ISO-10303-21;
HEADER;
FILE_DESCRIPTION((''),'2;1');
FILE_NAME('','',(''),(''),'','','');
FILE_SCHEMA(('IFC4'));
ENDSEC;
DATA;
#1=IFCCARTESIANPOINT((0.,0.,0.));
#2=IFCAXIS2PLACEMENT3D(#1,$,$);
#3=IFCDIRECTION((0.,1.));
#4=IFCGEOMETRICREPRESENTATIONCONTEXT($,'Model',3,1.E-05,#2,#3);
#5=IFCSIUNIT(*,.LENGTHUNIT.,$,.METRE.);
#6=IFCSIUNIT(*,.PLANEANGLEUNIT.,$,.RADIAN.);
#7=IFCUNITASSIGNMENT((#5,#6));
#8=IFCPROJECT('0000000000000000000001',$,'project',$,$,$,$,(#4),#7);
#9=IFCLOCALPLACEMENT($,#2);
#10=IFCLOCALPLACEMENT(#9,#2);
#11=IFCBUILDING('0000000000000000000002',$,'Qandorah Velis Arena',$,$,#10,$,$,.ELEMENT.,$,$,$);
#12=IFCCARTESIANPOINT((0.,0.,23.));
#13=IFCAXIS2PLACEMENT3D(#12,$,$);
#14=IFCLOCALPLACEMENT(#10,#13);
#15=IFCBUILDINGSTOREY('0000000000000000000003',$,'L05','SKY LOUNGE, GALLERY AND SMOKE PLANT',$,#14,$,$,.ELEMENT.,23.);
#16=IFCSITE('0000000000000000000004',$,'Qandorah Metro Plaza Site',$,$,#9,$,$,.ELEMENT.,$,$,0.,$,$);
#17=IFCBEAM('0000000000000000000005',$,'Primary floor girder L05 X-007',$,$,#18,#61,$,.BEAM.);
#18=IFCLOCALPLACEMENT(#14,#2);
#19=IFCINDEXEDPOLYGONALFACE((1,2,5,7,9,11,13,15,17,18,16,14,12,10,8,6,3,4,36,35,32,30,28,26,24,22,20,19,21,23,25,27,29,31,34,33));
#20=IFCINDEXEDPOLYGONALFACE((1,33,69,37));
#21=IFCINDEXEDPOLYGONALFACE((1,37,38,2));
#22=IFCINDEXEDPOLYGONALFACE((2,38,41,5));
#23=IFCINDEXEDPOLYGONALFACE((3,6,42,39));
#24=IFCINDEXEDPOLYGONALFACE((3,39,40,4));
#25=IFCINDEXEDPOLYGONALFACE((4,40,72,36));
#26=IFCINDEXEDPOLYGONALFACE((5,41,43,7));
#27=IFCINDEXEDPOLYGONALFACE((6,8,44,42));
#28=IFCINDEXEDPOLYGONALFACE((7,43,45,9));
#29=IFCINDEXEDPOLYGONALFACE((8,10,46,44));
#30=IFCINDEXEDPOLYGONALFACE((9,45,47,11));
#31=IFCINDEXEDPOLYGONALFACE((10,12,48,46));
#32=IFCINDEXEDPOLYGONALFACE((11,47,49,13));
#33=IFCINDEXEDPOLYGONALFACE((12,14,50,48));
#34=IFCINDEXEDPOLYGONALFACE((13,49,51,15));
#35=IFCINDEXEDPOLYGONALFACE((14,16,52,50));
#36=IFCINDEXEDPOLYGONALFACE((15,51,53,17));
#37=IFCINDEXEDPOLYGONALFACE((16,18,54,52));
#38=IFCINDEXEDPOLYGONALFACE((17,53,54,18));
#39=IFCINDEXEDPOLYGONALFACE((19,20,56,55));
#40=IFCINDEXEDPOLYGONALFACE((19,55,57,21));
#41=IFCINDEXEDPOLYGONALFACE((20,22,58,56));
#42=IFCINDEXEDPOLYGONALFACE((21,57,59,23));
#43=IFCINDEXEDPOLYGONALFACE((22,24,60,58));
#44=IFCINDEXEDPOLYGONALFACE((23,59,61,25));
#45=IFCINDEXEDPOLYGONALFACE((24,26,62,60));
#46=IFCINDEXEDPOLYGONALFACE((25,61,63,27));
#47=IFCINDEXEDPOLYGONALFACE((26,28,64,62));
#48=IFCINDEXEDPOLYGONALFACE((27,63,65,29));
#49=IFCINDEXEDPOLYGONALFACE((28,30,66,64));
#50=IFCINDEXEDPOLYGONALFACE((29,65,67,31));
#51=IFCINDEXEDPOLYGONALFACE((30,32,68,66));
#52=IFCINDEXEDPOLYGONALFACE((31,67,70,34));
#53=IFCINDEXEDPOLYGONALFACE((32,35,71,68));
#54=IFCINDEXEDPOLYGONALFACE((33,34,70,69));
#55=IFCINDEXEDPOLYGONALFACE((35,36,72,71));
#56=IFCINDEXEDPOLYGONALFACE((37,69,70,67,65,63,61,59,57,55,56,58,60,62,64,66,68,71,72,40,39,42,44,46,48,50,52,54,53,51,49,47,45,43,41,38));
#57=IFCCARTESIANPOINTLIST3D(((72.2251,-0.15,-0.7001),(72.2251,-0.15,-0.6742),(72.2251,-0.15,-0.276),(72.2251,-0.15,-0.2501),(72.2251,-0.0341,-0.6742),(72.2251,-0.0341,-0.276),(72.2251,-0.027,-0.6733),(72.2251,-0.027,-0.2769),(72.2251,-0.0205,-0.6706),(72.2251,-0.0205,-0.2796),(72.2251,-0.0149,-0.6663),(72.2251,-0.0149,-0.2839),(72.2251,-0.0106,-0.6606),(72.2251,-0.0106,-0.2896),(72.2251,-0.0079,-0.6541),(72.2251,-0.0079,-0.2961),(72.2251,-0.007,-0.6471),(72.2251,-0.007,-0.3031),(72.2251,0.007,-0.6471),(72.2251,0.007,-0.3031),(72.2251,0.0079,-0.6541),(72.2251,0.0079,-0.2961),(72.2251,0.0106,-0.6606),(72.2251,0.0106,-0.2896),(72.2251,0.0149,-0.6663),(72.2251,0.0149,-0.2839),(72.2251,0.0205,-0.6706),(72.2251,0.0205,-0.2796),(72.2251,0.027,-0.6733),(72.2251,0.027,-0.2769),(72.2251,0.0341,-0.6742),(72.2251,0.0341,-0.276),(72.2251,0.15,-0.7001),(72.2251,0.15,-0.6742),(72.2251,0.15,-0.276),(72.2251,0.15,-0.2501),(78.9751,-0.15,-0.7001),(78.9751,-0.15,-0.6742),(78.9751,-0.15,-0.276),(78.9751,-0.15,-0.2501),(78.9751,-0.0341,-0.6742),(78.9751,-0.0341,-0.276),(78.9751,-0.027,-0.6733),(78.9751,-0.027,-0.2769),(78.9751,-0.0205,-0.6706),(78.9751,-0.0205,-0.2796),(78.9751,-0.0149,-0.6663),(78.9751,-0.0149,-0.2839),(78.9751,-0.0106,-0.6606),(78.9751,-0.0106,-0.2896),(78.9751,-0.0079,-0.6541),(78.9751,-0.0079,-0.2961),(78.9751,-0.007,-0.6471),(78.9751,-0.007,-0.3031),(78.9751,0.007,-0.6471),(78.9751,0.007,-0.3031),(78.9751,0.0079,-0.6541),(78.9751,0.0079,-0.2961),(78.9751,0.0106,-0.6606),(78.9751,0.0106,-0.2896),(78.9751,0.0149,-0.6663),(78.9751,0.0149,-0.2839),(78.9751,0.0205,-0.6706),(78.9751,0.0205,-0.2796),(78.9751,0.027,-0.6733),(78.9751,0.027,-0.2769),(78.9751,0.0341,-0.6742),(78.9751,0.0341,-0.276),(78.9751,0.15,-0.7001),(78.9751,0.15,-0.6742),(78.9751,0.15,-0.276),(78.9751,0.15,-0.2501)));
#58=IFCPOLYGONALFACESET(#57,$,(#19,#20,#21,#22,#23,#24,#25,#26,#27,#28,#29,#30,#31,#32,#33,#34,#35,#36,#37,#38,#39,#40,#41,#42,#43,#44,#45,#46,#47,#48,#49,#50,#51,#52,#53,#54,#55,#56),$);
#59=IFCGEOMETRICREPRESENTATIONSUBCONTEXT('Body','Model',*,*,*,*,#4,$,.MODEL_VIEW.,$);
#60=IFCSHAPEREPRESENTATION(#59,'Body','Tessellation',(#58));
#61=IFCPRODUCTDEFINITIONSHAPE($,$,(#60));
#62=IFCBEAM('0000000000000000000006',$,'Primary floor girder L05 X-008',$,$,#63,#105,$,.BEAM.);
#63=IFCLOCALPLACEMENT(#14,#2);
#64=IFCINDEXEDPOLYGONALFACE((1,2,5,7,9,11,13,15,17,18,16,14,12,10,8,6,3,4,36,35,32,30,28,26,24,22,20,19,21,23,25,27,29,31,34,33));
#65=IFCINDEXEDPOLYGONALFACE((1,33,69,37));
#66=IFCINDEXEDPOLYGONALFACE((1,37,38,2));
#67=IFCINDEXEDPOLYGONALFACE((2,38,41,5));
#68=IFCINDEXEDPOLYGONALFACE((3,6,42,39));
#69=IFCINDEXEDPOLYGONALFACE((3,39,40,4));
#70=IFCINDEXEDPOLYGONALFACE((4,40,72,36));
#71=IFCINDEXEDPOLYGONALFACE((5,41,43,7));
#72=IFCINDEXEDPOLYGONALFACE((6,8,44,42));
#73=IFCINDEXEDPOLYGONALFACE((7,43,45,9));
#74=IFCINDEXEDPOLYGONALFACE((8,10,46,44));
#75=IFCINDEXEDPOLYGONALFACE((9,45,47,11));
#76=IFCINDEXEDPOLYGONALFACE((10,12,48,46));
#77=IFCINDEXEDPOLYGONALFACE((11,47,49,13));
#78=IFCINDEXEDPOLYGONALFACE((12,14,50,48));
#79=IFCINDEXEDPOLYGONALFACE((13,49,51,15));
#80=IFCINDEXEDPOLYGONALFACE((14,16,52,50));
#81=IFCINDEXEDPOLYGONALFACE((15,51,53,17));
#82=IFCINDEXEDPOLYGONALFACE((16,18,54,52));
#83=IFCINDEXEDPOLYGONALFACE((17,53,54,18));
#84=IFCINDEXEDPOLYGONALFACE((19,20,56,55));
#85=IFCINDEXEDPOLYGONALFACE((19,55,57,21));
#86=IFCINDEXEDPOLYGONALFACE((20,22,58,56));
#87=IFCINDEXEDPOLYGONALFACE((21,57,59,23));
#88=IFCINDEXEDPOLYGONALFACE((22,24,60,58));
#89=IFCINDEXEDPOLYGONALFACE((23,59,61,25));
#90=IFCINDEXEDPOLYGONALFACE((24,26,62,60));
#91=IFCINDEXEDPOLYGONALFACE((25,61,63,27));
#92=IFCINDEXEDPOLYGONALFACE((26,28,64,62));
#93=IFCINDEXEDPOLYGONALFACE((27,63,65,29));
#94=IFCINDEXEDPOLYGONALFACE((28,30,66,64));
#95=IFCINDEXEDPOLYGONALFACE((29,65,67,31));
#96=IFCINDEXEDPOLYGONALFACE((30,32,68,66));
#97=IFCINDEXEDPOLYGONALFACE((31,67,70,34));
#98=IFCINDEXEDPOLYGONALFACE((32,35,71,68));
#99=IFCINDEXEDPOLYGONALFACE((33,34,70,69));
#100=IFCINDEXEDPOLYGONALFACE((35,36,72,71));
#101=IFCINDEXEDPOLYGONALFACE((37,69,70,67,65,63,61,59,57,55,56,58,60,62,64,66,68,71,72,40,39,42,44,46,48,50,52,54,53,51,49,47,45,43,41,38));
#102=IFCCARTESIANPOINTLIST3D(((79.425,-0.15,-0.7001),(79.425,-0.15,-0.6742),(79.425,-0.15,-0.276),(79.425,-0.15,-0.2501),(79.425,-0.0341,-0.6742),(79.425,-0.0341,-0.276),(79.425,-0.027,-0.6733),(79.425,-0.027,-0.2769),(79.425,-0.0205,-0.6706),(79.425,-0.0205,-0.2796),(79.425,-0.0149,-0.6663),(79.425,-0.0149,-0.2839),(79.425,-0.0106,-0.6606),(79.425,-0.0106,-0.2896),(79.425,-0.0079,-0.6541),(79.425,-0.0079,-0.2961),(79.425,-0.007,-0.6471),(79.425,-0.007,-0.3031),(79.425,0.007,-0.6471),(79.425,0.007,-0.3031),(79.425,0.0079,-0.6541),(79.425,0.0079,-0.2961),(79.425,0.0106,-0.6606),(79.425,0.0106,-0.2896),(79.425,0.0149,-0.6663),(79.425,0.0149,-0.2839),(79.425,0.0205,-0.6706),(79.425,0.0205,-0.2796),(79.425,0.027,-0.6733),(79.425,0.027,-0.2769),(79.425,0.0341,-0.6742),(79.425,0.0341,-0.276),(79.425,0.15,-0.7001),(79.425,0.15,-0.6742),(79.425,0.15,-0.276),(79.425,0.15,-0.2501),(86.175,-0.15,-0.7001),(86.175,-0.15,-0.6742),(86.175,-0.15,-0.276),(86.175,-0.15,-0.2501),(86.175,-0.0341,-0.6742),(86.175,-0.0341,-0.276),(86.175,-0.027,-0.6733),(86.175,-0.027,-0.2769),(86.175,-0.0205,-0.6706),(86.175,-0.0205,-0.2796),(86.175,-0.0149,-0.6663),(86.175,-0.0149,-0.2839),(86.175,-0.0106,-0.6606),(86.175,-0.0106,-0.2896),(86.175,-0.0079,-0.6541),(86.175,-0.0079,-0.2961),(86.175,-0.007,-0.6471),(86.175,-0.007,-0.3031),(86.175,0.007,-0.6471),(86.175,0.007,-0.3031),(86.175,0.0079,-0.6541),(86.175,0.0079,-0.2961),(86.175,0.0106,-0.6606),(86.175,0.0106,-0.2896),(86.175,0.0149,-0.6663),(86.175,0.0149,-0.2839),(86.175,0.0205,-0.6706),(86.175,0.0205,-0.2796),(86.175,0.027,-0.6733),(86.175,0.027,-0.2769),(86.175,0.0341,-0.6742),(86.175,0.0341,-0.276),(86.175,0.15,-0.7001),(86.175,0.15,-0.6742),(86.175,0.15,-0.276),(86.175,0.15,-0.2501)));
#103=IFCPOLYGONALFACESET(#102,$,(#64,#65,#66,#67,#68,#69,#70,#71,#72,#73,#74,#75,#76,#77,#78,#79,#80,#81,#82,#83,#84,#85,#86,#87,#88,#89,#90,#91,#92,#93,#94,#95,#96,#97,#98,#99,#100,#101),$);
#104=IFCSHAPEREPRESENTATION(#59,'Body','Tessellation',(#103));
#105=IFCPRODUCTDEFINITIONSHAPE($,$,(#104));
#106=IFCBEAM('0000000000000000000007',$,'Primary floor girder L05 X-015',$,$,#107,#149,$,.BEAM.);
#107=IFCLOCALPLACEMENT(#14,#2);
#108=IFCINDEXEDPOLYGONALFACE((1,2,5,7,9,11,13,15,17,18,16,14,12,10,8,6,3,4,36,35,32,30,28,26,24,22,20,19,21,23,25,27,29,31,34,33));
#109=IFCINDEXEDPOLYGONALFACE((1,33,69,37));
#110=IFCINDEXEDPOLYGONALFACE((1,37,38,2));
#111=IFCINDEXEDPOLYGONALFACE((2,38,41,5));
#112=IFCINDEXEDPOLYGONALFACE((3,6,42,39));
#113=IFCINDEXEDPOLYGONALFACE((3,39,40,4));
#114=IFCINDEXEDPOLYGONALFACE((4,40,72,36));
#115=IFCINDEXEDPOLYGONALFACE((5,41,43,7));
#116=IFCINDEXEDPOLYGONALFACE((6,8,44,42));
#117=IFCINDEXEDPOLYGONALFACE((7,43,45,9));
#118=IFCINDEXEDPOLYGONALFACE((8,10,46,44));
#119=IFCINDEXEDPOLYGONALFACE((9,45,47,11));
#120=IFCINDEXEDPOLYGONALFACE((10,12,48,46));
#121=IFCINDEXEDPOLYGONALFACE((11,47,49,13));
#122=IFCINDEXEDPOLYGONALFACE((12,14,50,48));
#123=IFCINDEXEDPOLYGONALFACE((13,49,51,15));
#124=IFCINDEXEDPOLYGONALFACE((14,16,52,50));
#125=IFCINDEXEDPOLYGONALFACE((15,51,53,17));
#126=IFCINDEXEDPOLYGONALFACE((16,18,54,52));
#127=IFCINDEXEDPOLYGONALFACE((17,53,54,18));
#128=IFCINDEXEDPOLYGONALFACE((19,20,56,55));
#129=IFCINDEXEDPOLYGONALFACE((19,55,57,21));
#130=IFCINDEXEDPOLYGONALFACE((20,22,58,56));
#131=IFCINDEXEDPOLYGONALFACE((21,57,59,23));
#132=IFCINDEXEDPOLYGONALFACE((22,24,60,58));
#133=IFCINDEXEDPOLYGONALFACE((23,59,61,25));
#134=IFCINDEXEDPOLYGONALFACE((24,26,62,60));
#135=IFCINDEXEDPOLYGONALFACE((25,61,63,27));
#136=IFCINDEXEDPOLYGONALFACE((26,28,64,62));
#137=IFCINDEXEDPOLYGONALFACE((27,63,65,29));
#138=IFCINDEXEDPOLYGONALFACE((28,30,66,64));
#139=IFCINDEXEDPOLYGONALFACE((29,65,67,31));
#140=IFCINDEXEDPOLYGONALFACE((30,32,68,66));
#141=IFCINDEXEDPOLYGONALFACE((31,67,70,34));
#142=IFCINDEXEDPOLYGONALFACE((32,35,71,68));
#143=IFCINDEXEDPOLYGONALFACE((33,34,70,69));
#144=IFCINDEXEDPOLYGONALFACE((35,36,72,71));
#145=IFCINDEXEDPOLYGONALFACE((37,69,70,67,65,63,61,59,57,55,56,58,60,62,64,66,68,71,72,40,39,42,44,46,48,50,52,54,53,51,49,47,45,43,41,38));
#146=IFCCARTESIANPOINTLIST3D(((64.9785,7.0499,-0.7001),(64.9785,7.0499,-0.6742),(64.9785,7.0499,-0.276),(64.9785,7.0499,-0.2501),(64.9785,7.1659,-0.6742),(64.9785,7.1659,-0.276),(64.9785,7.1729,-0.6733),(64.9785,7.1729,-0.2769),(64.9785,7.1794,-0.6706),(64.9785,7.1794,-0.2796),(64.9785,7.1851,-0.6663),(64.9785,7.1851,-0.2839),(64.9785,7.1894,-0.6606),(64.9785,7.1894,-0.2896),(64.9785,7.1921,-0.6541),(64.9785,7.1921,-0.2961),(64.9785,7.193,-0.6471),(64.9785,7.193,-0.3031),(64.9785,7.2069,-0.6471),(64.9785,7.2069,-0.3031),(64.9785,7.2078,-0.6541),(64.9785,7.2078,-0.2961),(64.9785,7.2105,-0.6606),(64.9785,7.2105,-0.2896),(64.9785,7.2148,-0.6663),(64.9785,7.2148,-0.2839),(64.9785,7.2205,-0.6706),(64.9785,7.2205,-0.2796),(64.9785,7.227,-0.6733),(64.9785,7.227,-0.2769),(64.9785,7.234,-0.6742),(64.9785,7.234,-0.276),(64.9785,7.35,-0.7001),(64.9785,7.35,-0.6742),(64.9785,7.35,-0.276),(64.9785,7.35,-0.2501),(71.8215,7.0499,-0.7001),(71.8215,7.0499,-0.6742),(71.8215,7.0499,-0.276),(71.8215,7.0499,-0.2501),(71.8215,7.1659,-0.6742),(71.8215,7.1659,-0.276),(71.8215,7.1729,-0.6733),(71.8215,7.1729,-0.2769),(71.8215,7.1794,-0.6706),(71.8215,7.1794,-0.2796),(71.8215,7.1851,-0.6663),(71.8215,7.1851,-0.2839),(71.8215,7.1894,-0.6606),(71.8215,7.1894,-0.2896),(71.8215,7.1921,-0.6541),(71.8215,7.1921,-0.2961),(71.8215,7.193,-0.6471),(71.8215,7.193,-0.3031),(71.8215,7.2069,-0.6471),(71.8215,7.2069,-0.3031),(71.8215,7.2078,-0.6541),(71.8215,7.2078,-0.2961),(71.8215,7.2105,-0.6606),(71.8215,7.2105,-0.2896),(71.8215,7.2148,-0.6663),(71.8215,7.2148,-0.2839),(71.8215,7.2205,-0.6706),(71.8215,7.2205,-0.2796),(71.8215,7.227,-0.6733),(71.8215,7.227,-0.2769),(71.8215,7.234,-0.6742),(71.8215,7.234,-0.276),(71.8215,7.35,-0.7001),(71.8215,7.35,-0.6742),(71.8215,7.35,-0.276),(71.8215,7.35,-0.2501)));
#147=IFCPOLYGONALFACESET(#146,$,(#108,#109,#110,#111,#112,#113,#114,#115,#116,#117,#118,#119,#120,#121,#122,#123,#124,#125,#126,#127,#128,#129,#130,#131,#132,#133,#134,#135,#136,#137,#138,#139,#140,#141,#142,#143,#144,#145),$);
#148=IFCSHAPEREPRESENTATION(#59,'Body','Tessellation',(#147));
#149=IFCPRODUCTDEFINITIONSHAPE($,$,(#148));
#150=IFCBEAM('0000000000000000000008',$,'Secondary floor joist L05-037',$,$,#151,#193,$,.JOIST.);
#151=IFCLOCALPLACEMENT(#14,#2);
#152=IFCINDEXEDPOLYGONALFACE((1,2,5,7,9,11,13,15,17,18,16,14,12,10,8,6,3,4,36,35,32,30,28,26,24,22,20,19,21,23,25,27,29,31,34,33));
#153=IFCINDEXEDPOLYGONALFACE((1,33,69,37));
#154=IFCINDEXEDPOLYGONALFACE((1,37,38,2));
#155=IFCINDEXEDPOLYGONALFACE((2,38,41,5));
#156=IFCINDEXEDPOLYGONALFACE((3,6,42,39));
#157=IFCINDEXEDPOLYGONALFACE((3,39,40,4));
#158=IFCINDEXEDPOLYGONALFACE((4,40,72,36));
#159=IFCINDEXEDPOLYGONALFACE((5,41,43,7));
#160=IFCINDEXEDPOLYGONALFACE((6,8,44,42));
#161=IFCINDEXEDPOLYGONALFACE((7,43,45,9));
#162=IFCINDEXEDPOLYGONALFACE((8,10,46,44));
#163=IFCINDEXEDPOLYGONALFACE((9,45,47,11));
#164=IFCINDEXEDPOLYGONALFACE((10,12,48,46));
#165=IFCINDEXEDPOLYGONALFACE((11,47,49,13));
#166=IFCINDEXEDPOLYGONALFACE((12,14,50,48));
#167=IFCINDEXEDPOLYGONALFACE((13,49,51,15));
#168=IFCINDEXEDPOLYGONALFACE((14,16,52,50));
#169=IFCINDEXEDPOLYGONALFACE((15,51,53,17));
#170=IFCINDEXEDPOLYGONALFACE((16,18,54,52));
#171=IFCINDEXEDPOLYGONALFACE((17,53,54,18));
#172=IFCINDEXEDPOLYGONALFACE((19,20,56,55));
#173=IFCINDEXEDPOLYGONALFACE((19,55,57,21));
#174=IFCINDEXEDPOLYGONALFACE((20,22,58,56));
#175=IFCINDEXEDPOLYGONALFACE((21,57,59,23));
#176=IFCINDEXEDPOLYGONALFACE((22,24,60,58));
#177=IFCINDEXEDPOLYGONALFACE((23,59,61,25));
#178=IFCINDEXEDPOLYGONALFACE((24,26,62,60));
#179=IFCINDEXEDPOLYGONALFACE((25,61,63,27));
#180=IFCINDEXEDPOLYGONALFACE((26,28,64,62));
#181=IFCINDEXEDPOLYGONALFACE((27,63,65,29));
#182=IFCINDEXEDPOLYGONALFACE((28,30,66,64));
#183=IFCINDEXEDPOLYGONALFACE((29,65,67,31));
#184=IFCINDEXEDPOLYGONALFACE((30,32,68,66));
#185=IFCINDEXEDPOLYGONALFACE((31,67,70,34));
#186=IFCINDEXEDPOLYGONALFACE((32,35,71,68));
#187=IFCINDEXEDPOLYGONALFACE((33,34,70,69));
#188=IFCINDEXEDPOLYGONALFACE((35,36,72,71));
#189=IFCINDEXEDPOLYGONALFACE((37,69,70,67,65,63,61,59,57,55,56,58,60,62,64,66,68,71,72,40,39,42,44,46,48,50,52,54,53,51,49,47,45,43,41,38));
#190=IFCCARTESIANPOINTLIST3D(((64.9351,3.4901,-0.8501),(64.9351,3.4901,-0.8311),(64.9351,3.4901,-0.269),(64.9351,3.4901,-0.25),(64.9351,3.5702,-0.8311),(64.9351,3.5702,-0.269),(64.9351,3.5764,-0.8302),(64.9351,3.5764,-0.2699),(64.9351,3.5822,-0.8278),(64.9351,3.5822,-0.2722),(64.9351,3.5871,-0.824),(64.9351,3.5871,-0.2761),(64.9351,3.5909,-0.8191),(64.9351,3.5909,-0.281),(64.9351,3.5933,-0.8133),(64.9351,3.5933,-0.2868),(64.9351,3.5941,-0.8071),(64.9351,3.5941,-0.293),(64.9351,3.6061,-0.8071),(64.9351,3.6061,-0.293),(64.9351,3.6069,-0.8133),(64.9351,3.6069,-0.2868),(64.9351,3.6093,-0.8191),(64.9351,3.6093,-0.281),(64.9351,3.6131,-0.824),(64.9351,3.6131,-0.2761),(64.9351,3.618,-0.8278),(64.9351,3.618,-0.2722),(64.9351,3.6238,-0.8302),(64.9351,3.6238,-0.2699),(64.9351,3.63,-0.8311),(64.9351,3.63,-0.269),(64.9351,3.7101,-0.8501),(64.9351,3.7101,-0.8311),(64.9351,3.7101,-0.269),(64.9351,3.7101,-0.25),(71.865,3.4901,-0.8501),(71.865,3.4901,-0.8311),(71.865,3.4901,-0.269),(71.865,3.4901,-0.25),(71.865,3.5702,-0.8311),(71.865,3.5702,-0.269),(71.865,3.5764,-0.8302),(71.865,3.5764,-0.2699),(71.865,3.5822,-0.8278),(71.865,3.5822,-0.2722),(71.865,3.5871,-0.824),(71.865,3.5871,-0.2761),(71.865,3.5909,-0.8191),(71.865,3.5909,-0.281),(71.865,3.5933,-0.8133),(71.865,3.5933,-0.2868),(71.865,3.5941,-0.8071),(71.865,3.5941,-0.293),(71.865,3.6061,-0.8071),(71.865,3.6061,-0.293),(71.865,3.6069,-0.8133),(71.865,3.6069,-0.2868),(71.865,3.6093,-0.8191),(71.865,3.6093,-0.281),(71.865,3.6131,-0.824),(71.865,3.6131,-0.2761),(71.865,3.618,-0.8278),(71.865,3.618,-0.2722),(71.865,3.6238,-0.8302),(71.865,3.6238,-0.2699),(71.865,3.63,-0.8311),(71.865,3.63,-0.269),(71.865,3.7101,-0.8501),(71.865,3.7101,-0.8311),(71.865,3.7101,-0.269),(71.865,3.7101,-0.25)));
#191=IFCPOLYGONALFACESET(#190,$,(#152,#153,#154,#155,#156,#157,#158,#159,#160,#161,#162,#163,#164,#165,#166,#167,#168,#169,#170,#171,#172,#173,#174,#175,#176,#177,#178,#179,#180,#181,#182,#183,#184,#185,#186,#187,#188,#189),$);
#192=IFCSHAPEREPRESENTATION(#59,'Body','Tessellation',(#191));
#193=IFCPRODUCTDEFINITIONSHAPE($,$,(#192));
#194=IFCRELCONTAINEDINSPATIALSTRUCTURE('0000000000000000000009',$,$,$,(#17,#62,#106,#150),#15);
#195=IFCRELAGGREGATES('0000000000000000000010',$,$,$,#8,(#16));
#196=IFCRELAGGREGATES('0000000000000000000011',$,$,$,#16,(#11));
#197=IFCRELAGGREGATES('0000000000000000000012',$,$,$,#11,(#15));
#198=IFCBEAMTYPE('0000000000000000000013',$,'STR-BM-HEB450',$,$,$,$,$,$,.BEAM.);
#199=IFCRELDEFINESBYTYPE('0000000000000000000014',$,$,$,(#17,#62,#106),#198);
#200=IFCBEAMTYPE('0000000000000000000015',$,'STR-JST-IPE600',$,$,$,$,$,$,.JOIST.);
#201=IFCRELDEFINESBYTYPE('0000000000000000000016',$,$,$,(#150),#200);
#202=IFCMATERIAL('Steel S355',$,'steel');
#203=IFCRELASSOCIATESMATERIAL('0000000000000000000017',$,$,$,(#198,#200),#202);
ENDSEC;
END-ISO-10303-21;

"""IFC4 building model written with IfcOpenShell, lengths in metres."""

from ifc_helpers import new_model, si_unit, direction, frame, origin, origin_2d, place, context, subcontext, project, spatial, i_section, extrude, material, material_profile, profile_set, type_object, element, save


model = new_model("IFC4")

# Units and contexts
model_context = context("Model", 3, precision=1e-05, world=origin(), true_north=direction((0.0, 1.0)))
body_context = subcontext(model_context, "Body", "Model", "MODEL_VIEW")
ifc_project = project(units=[si_unit("LENGTHUNIT", "METRE"), si_unit("PLANEANGLEUNIT", "RADIAN")], contexts=[model_context])

# Site, building, storey
site_placement = place(None, origin())
site = spatial("IfcSite", under=ifc_project, at=site_placement, Name="Qandorah Metro Plaza Site", CompositionType="ELEMENT", RefElevation=0.0)
building_placement = place(site_placement, origin())
building = spatial("IfcBuilding", under=site, at=building_placement, Name="Qandorah Velis Arena", CompositionType="ELEMENT")
storey_placement = place(building_placement, frame((0.0, 0.0, 23.0)))
storey = spatial("IfcBuildingStorey", under=building, at=storey_placement, Name="L05", Description="SKY LOUNGE, GALLERY AND SMOKE PLANT", CompositionType="ELEMENT", Elevation=23.0)

# Beams
ifc_material_1 = material(Name="Steel S355", Category="steel")
ifc_material_profile_1 = material_profile(ifc_material_1, i_section(OverallWidth=0.3, OverallDepth=0.45, WebThickness=0.0139, FlangeThickness=0.0259, FilletRadius=0.0271, at=origin_2d()), Name="HEB 450")
ifc_profile_set_1 = profile_set([ifc_material_profile_1], Name="Steel S355")
beam_type_1 = type_object("IfcBeamType", Name="STR-BM-HEB450", PredefinedType="BEAM", material=ifc_profile_set_1)
for number, where, z_axis, x_axis, name in (
    (1, (72.2251, 0.0, -0.4751), (1.0, 0.0, 0.0), (0.0, 1.0, 0.0), "Primary floor girder L05 X-007"),
    (2, (79.425, 0.0, -0.4751), (1.0, 0.0, 0.0), (0.0, 1.0, 0.0), "Primary floor girder L05 X-008"),
):
    element("IfcBeam", number, at=place(storey_placement, frame(where, z_axis=z_axis, x_axis=x_axis)), inside=storey, type_object=beam_type_1, Name=name, PredefinedType="BEAM", context=body_context, shape_type="SweptSolid", body=[
        extrude(i_section(OverallWidth=0.3, OverallDepth=0.45, WebThickness=0.0139, FlangeThickness=0.0259, FilletRadius=0.0271, at=origin_2d()), origin(), (0.0, 0.0, 1.0), 6.75),
    ])
beam_1_placement = place(storey_placement, frame((64.9785, 7.2, -0.4751), z_axis=(1.0, 0.0, 0.0), x_axis=(0.0, 1.0, 0.0)))
element("IfcBeam", 3, at=beam_1_placement, inside=storey, type_object=beam_type_1, Name="Primary floor girder L05 X-015", PredefinedType="BEAM", context=body_context, shape_type="SweptSolid", body=[
    extrude(i_section(OverallWidth=0.3, OverallDepth=0.45, WebThickness=0.0139, FlangeThickness=0.0259, FilletRadius=0.0271, at=origin_2d()), origin(), (0.0, 0.0, 1.0), 6.843),
])
ifc_material_profile_2 = material_profile(ifc_material_1, i_section(OverallWidth=0.22, OverallDepth=0.6001, WebThickness=0.012, FlangeThickness=0.019, FilletRadius=0.0239, at=origin_2d()), Name="IPE 600")
ifc_profile_set_2 = profile_set([ifc_material_profile_2], Name="Steel S355")
beam_type_2 = type_object("IfcBeamType", Name="STR-JST-IPE600", PredefinedType="JOIST", material=ifc_profile_set_2)
beam_2_placement = place(storey_placement, frame((64.9351, 3.6001, -0.55), z_axis=(1.0, 0.0, 0.0), x_axis=(0.0, 1.0, 0.0)))
element("IfcBeam", 4, at=beam_2_placement, inside=storey, type_object=beam_type_2, Name="Secondary floor joist L05-037", PredefinedType="JOIST", context=body_context, shape_type="SweptSolid", body=[
    extrude(i_section(OverallWidth=0.22, OverallDepth=0.6001, WebThickness=0.012, FlangeThickness=0.019, FilletRadius=0.0239, at=origin_2d()), origin(), (0.0, 0.0, 1.0), 6.9299),
])

save(model, "model.ifc")
